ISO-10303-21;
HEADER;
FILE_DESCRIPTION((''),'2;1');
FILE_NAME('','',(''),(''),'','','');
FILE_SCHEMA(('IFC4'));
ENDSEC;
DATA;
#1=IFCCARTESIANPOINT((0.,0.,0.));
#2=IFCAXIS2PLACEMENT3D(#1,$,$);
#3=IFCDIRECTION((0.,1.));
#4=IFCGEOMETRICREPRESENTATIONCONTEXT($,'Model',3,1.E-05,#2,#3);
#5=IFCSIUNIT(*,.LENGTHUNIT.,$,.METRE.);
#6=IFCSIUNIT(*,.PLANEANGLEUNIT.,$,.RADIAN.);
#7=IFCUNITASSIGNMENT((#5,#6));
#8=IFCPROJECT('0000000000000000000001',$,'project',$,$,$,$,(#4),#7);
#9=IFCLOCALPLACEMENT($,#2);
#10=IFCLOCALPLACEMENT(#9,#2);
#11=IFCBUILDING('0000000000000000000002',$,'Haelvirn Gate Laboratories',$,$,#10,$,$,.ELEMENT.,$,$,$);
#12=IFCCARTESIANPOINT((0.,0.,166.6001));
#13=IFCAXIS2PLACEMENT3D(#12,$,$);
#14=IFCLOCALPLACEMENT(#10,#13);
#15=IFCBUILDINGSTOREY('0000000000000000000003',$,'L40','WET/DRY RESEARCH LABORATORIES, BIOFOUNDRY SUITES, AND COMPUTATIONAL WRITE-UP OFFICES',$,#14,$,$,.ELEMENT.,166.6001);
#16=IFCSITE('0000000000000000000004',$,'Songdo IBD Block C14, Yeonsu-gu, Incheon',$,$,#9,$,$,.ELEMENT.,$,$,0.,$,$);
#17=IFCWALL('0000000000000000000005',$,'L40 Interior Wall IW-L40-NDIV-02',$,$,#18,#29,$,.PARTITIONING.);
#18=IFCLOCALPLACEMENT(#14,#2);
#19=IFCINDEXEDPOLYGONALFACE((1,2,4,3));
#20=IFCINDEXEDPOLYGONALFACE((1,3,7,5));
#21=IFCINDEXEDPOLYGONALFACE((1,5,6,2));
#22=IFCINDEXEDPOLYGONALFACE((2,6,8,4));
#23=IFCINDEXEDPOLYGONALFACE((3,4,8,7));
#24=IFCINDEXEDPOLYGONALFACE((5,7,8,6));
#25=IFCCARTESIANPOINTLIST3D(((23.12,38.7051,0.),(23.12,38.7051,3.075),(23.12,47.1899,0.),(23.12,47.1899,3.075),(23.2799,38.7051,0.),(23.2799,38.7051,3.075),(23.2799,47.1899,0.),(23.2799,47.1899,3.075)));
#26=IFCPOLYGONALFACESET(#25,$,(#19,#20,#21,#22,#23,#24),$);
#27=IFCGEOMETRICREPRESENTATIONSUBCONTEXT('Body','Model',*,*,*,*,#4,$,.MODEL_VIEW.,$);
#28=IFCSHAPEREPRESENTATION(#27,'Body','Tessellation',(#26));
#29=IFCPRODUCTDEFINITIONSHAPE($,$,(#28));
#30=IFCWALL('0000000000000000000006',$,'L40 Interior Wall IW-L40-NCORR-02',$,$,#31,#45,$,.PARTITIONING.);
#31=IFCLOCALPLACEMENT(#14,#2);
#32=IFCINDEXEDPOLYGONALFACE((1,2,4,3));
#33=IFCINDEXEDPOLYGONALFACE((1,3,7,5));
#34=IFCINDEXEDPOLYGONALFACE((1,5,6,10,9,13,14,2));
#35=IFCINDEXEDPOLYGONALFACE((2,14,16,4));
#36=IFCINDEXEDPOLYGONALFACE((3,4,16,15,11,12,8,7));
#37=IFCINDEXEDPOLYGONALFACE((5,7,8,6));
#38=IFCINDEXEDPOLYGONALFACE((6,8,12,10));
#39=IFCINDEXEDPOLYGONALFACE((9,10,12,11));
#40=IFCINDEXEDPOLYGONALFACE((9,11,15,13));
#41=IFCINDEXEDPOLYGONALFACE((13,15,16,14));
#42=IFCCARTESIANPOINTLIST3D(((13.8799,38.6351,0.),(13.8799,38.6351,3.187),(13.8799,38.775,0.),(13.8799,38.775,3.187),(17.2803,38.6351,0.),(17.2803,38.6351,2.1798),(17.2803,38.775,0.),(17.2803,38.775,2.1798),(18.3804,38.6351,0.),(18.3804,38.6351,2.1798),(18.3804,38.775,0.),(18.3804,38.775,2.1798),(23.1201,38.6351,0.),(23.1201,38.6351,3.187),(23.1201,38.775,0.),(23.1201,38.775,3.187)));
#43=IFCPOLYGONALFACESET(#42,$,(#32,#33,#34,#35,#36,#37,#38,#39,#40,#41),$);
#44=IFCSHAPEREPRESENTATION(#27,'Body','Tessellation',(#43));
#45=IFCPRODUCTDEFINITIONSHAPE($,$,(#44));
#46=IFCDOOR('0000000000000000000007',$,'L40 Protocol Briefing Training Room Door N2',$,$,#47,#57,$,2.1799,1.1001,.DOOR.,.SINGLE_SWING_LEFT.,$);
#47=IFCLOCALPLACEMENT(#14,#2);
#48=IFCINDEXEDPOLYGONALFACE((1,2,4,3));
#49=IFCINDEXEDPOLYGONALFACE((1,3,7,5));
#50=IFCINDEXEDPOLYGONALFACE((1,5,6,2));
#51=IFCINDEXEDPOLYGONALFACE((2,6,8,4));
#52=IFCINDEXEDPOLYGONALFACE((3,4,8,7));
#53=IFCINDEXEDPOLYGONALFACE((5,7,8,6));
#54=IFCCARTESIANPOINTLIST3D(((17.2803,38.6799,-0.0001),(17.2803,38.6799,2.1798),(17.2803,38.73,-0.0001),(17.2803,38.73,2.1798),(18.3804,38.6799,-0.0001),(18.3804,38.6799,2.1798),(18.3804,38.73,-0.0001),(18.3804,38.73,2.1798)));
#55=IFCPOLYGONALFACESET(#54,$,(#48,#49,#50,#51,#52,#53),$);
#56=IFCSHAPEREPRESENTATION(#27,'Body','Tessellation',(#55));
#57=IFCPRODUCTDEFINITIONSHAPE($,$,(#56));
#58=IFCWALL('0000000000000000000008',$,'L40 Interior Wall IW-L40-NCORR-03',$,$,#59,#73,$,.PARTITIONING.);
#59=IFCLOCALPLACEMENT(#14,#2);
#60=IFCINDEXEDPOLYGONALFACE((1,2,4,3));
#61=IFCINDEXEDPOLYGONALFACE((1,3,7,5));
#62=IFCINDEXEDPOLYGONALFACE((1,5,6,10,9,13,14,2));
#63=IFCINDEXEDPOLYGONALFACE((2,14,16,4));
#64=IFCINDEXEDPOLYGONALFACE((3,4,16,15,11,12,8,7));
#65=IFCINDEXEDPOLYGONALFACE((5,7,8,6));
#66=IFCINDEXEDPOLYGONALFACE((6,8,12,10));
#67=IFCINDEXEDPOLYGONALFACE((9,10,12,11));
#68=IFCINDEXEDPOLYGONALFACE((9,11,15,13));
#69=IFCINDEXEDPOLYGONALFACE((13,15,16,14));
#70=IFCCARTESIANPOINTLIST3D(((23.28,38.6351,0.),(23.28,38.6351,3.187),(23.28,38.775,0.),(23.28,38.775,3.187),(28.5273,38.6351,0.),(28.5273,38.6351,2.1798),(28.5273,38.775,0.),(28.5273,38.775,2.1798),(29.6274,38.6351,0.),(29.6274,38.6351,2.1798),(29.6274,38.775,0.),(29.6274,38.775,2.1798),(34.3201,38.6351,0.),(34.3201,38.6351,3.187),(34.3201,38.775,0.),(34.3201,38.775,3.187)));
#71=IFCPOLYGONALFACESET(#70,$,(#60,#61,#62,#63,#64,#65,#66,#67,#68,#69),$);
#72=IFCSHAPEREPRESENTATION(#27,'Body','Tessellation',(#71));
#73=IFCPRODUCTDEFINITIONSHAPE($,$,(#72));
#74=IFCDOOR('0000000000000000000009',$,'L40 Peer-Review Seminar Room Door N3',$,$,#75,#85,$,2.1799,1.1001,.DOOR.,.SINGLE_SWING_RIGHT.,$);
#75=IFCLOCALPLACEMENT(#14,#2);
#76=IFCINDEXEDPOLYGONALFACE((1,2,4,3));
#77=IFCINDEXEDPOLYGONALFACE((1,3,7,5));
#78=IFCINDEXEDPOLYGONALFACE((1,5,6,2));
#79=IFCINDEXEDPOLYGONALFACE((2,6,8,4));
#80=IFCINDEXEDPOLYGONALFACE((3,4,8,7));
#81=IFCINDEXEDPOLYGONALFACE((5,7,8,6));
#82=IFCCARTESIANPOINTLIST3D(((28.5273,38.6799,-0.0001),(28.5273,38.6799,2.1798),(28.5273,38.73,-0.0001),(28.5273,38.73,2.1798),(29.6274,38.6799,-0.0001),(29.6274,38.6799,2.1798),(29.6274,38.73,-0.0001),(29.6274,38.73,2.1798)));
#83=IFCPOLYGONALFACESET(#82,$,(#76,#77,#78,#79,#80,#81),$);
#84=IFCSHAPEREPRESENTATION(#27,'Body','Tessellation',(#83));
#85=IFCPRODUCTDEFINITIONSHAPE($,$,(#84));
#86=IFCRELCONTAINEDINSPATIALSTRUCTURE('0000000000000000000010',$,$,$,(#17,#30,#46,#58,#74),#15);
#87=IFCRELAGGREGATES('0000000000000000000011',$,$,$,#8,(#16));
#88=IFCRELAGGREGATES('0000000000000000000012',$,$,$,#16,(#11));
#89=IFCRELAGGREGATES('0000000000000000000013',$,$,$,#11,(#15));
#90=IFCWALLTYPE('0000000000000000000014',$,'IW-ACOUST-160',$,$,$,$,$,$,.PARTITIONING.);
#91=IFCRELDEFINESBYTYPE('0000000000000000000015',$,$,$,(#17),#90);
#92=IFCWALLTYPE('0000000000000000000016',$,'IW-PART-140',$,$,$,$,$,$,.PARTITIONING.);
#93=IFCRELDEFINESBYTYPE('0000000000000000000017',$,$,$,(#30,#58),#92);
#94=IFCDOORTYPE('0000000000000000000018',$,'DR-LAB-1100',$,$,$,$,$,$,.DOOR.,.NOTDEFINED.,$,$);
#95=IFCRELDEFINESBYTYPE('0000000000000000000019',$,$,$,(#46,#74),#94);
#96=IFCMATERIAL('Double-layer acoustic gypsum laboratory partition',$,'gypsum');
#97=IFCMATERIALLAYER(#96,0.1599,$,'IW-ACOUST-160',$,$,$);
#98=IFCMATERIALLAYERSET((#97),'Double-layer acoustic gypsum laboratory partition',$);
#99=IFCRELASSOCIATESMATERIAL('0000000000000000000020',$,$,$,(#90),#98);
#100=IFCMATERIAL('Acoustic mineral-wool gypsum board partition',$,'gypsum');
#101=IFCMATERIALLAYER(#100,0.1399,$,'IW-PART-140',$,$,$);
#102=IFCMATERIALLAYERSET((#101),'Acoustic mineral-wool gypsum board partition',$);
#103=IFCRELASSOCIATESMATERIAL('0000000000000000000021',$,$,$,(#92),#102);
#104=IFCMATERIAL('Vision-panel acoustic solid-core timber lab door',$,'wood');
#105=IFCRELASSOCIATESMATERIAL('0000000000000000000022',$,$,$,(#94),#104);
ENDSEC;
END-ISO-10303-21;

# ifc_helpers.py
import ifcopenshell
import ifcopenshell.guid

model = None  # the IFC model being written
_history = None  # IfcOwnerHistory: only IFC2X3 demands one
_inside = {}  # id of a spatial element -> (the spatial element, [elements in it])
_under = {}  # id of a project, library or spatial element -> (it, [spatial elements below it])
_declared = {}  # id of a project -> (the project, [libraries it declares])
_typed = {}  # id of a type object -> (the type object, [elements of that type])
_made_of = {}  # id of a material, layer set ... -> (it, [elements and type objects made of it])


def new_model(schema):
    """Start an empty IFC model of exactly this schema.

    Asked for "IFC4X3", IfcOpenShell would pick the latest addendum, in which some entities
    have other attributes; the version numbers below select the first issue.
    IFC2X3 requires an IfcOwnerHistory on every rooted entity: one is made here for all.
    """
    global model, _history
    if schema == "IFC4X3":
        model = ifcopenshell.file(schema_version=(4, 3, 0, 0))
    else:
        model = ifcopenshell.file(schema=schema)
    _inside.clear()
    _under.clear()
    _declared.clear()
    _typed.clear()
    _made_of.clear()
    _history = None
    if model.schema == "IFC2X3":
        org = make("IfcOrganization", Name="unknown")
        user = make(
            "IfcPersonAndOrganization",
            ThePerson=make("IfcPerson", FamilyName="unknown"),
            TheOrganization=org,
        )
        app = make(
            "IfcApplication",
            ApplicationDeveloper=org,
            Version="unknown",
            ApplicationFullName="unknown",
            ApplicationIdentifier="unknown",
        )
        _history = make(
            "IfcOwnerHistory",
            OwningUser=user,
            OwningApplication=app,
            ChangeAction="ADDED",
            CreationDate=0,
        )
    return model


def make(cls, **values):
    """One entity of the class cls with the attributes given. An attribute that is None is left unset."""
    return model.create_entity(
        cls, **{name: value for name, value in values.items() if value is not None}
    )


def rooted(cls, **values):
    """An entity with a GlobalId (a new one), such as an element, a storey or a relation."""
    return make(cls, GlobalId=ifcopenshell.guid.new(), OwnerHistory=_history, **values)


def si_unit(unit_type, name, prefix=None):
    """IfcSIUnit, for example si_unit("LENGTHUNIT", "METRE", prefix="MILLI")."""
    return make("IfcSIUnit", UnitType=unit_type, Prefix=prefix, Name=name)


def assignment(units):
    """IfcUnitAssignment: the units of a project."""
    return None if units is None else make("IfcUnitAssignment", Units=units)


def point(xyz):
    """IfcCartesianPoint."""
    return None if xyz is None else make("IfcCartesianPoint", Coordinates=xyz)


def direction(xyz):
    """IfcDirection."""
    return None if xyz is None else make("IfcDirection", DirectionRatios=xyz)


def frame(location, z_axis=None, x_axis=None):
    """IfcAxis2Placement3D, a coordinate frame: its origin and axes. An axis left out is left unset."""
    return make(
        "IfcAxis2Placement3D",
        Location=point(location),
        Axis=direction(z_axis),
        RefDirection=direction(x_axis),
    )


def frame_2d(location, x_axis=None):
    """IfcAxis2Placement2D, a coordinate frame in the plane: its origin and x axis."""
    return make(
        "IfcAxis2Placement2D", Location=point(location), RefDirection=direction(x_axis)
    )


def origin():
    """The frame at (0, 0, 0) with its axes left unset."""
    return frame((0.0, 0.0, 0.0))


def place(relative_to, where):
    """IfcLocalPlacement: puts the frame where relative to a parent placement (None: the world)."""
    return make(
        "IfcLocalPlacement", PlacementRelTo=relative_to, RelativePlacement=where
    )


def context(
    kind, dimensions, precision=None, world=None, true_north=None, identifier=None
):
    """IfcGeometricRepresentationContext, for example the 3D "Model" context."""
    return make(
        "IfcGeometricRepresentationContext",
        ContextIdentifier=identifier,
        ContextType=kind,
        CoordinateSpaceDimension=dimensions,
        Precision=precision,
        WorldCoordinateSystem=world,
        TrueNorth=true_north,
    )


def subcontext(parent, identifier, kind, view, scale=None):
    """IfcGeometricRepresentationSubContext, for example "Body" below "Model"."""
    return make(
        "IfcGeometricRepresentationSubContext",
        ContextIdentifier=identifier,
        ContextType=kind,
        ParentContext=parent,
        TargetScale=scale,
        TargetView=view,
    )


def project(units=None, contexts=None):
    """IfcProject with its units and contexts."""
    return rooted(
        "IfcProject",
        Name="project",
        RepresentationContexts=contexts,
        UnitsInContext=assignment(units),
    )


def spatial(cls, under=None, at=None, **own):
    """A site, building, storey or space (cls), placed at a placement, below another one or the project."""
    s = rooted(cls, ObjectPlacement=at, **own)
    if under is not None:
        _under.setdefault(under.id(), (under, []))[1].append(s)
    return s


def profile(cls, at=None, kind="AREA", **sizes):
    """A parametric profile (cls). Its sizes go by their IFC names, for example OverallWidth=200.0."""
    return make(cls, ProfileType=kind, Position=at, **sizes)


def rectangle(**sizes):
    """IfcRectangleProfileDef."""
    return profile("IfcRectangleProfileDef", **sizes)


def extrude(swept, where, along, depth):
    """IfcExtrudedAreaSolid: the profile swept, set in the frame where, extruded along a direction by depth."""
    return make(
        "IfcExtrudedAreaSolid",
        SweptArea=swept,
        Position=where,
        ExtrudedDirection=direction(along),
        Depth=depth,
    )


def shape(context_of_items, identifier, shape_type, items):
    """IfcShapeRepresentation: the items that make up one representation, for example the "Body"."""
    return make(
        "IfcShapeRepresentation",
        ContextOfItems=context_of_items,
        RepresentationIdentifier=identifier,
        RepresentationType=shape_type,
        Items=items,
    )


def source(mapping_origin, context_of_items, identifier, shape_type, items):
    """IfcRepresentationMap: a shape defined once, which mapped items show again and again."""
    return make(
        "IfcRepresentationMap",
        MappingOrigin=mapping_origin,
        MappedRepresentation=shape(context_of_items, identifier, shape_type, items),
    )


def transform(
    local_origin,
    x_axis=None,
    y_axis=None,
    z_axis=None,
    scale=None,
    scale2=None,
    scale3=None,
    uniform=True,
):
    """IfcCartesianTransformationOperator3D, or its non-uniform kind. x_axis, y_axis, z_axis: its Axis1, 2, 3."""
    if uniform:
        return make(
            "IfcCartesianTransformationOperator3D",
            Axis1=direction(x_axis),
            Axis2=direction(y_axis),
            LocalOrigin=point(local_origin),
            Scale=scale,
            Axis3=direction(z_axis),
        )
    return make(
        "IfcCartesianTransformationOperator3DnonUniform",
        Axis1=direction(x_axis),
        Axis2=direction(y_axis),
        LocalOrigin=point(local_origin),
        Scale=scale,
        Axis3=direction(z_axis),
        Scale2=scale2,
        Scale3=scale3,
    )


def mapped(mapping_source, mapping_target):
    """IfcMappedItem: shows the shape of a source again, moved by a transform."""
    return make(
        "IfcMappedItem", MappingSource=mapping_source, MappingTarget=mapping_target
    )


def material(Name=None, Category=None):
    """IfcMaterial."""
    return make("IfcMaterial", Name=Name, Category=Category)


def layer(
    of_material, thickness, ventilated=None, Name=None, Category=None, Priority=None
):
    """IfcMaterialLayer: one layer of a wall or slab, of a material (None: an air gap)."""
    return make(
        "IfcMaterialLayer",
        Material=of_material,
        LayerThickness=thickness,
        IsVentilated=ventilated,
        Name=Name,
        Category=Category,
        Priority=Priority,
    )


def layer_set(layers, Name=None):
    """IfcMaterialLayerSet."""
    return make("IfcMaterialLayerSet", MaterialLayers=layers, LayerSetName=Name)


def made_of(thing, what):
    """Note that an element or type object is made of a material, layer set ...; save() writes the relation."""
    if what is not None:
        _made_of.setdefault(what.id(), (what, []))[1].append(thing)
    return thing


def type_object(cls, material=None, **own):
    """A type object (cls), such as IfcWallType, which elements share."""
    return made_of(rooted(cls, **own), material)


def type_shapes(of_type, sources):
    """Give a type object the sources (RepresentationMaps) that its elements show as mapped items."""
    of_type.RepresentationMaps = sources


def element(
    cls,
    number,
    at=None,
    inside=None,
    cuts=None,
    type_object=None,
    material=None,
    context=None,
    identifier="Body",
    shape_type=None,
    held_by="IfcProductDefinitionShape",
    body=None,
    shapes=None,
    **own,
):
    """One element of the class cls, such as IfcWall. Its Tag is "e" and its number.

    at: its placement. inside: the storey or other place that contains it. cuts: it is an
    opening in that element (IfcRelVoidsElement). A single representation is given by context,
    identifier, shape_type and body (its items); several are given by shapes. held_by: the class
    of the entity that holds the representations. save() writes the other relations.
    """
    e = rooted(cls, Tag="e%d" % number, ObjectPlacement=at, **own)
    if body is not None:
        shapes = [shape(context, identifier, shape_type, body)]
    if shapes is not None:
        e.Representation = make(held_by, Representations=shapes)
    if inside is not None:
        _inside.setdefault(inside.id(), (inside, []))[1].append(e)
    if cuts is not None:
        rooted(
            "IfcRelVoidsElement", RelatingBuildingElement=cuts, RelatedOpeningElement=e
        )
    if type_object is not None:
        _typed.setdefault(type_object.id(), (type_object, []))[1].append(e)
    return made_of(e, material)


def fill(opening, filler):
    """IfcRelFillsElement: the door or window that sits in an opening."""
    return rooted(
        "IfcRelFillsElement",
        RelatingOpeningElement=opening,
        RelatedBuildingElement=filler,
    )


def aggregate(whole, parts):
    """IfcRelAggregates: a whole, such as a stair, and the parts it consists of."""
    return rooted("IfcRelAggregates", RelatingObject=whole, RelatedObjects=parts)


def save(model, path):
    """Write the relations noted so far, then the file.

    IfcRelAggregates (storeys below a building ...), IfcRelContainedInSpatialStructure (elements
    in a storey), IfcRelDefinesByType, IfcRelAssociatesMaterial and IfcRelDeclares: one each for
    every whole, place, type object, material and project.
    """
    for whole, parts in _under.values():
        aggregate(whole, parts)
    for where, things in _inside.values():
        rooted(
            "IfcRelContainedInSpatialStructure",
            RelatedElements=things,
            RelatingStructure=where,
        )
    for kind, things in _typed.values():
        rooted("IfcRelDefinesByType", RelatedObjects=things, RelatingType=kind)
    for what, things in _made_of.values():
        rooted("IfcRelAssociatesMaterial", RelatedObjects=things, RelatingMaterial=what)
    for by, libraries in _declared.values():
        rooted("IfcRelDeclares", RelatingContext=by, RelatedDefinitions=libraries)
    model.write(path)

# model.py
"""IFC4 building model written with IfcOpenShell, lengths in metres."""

from ifc_helpers import new_model, si_unit, direction, frame, frame_2d, origin, place, context, subcontext, project, spatial, rectangle, extrude, source, transform, mapped, material, layer, layer_set, type_object, type_shapes, element, fill, save


model = new_model("IFC4")

# Units and contexts
model_context = context("Model", 3, precision=1e-05, world=origin(), true_north=direction((0.0, 1.0)))
body_context = subcontext(model_context, "Body", "Model", "MODEL_VIEW")
ifc_project = project(units=[si_unit("LENGTHUNIT", "METRE"), si_unit("PLANEANGLEUNIT", "RADIAN")], contexts=[model_context])

# Site, building, storey
site_placement = place(None, origin())
site = spatial("IfcSite", under=ifc_project, at=site_placement, Name="Songdo IBD Block C14, Yeonsu-gu, Incheon", CompositionType="ELEMENT", RefElevation=0.0)
building_placement = place(site_placement, origin())
building = spatial("IfcBuilding", under=site, at=building_placement, Name="Haelvirn Gate Laboratories", CompositionType="ELEMENT")
storey_placement = place(building_placement, frame((0.0, 0.0, 166.6001)))
storey = spatial("IfcBuildingStorey", under=building, at=storey_placement, Name="L40", Description="WET/DRY RESEARCH LABORATORIES, BIOFOUNDRY SUITES, AND COMPUTATIONAL WRITE-UP OFFICES", CompositionType="ELEMENT", Elevation=166.6001)

# Wall
ifc_material_1 = material(Name="Double-layer acoustic gypsum laboratory partition", Category="gypsum")
ifc_layer_1 = layer(ifc_material_1, 0.1599, Name="IW-ACOUST-160")
ifc_layer_set_1 = layer_set([ifc_layer_1], Name="Double-layer acoustic gypsum laboratory partition")
wall_type_1 = type_object("IfcWallType", Name="IW-ACOUST-160", PredefinedType="PARTITIONING", material=ifc_layer_set_1)
for number, where, z_axis, x_axis, name in (
    (1, (23.2, 38.7051, 0.0), (0.0, 0.0, 1.0), (0.0, 1.0, 0.0), "L40 Interior Wall IW-L40-NDIV-02"),
):
    element("IfcWall", number, at=place(storey_placement, frame(where, z_axis=z_axis, x_axis=x_axis)), inside=storey, type_object=wall_type_1, Name=name, PredefinedType="PARTITIONING", context=body_context, shape_type="SweptSolid", body=[
        extrude(rectangle(XDim=8.4849, YDim=0.1599, at=frame_2d((4.2424, 0.0))), origin(), (0.0, 0.0, 1.0), 3.075),
    ])

# Walls, openings, doors
ifc_material_2 = material(Name="Acoustic mineral-wool gypsum board partition", Category="gypsum")
ifc_layer_2 = layer(ifc_material_2, 0.1399, Name="IW-PART-140")
ifc_layer_set_2 = layer_set([ifc_layer_2], Name="Acoustic mineral-wool gypsum board partition")
wall_type_2 = type_object("IfcWallType", Name="IW-PART-140", PredefinedType="PARTITIONING", material=ifc_layer_set_2)
wall_1_placement = place(storey_placement, frame((13.8799, 38.7051, 0.0), z_axis=(0.0, 0.0, 1.0), x_axis=(1.0, 0.0, 0.0)))
wall_1 = element("IfcWall", 2, at=wall_1_placement, inside=storey, type_object=wall_type_2, Name="L40 Interior Wall IW-L40-NCORR-02", PredefinedType="PARTITIONING", context=body_context, shape_type="SweptSolid", body=[
    extrude(rectangle(XDim=9.2402, YDim=0.1399, at=frame_2d((4.6201, 0.0))), origin(), (0.0, 0.0, 1.0), 3.187),
])
opening_1_placement = place(wall_1_placement, frame((3.4004, 0.0, 0.0)))
opening_1 = element("IfcOpeningElement", 3, at=opening_1_placement, cuts=wall_1, PredefinedType="OPENING", context=body_context, shape_type="SweptSolid", body=[
    extrude(rectangle(XDim=1.1001, YDim=2.1799, at=frame_2d((0.55, 1.0898))), frame((0.0, 0.0801, 0.0), z_axis=(0.0, -1.0, 0.0), x_axis=(1.0, 0.0, 0.0)), (0.0, 0.0, 1.0), 0.1599),
])
ifc_material_3 = material(Name="Vision-panel acoustic solid-core timber lab door", Category="wood")
door_type = type_object("IfcDoorType", Name="DR-LAB-1100", OperationType="NOTDEFINED", PredefinedType="DOOR", material=ifc_material_3)
shared_shape_1 = source(origin(), body_context, "Body", "SweptSolid", [
    extrude(rectangle(XDim=1.1001, YDim=2.1799, at=frame_2d((0.55, 1.0898))), frame((0.0, 0.0249, 0.0), z_axis=(0.0, -1.0, 0.0), x_axis=(1.0, 0.0, 0.0)), (0.0, 0.0, 1.0), 0.05),
])
type_shapes(door_type, [shared_shape_1])
door_1_placement = place(opening_1_placement, origin())
door_1 = element("IfcDoor", 4, at=door_1_placement, inside=storey, type_object=door_type, Name="L40 Protocol Briefing Training Room Door N2", OperationType="SINGLE_SWING_LEFT", OverallHeight=2.1799, OverallWidth=1.1001, PredefinedType="DOOR", context=body_context, shape_type="MappedRepresentation", body=[
    mapped(shared_shape_1, transform((0.0, 0.0, 0.0), scale=1.0)),
])
fill(opening_1, door_1)
wall_2_placement = place(storey_placement, frame((23.28, 38.7051, 0.0), z_axis=(0.0, 0.0, 1.0), x_axis=(1.0, 0.0, 0.0)))
wall_2 = element("IfcWall", 5, at=wall_2_placement, inside=storey, type_object=wall_type_2, Name="L40 Interior Wall IW-L40-NCORR-03", PredefinedType="PARTITIONING", context=body_context, shape_type="SweptSolid", body=[
    extrude(rectangle(XDim=11.04, YDim=0.1399, at=frame_2d((5.52, 0.0))), origin(), (0.0, 0.0, 1.0), 3.187),
])
opening_2_placement = place(wall_2_placement, frame((5.2473, 0.0, 0.0)))
opening_2 = element("IfcOpeningElement", 6, at=opening_2_placement, cuts=wall_2, PredefinedType="OPENING", context=body_context, shape_type="SweptSolid", body=[
    extrude(rectangle(XDim=1.1001, YDim=2.1799, at=frame_2d((0.55, 1.0898))), frame((0.0, 0.0801, 0.0), z_axis=(0.0, -1.0, 0.0), x_axis=(1.0, 0.0, 0.0)), (0.0, 0.0, 1.0), 0.1599),
])
door_2_placement = place(opening_2_placement, origin())
door_2 = element("IfcDoor", 7, at=door_2_placement, inside=storey, type_object=door_type, Name="L40 Peer-Review Seminar Room Door N3", OperationType="SINGLE_SWING_RIGHT", OverallHeight=2.1799, OverallWidth=1.1001, PredefinedType="DOOR", context=body_context, shape_type="MappedRepresentation", body=[
    mapped(shared_shape_1, transform((0.0, 0.0, 0.0), scale=1.0)),
])
fill(opening_2, door_2)

save(model, "model.ifc")
